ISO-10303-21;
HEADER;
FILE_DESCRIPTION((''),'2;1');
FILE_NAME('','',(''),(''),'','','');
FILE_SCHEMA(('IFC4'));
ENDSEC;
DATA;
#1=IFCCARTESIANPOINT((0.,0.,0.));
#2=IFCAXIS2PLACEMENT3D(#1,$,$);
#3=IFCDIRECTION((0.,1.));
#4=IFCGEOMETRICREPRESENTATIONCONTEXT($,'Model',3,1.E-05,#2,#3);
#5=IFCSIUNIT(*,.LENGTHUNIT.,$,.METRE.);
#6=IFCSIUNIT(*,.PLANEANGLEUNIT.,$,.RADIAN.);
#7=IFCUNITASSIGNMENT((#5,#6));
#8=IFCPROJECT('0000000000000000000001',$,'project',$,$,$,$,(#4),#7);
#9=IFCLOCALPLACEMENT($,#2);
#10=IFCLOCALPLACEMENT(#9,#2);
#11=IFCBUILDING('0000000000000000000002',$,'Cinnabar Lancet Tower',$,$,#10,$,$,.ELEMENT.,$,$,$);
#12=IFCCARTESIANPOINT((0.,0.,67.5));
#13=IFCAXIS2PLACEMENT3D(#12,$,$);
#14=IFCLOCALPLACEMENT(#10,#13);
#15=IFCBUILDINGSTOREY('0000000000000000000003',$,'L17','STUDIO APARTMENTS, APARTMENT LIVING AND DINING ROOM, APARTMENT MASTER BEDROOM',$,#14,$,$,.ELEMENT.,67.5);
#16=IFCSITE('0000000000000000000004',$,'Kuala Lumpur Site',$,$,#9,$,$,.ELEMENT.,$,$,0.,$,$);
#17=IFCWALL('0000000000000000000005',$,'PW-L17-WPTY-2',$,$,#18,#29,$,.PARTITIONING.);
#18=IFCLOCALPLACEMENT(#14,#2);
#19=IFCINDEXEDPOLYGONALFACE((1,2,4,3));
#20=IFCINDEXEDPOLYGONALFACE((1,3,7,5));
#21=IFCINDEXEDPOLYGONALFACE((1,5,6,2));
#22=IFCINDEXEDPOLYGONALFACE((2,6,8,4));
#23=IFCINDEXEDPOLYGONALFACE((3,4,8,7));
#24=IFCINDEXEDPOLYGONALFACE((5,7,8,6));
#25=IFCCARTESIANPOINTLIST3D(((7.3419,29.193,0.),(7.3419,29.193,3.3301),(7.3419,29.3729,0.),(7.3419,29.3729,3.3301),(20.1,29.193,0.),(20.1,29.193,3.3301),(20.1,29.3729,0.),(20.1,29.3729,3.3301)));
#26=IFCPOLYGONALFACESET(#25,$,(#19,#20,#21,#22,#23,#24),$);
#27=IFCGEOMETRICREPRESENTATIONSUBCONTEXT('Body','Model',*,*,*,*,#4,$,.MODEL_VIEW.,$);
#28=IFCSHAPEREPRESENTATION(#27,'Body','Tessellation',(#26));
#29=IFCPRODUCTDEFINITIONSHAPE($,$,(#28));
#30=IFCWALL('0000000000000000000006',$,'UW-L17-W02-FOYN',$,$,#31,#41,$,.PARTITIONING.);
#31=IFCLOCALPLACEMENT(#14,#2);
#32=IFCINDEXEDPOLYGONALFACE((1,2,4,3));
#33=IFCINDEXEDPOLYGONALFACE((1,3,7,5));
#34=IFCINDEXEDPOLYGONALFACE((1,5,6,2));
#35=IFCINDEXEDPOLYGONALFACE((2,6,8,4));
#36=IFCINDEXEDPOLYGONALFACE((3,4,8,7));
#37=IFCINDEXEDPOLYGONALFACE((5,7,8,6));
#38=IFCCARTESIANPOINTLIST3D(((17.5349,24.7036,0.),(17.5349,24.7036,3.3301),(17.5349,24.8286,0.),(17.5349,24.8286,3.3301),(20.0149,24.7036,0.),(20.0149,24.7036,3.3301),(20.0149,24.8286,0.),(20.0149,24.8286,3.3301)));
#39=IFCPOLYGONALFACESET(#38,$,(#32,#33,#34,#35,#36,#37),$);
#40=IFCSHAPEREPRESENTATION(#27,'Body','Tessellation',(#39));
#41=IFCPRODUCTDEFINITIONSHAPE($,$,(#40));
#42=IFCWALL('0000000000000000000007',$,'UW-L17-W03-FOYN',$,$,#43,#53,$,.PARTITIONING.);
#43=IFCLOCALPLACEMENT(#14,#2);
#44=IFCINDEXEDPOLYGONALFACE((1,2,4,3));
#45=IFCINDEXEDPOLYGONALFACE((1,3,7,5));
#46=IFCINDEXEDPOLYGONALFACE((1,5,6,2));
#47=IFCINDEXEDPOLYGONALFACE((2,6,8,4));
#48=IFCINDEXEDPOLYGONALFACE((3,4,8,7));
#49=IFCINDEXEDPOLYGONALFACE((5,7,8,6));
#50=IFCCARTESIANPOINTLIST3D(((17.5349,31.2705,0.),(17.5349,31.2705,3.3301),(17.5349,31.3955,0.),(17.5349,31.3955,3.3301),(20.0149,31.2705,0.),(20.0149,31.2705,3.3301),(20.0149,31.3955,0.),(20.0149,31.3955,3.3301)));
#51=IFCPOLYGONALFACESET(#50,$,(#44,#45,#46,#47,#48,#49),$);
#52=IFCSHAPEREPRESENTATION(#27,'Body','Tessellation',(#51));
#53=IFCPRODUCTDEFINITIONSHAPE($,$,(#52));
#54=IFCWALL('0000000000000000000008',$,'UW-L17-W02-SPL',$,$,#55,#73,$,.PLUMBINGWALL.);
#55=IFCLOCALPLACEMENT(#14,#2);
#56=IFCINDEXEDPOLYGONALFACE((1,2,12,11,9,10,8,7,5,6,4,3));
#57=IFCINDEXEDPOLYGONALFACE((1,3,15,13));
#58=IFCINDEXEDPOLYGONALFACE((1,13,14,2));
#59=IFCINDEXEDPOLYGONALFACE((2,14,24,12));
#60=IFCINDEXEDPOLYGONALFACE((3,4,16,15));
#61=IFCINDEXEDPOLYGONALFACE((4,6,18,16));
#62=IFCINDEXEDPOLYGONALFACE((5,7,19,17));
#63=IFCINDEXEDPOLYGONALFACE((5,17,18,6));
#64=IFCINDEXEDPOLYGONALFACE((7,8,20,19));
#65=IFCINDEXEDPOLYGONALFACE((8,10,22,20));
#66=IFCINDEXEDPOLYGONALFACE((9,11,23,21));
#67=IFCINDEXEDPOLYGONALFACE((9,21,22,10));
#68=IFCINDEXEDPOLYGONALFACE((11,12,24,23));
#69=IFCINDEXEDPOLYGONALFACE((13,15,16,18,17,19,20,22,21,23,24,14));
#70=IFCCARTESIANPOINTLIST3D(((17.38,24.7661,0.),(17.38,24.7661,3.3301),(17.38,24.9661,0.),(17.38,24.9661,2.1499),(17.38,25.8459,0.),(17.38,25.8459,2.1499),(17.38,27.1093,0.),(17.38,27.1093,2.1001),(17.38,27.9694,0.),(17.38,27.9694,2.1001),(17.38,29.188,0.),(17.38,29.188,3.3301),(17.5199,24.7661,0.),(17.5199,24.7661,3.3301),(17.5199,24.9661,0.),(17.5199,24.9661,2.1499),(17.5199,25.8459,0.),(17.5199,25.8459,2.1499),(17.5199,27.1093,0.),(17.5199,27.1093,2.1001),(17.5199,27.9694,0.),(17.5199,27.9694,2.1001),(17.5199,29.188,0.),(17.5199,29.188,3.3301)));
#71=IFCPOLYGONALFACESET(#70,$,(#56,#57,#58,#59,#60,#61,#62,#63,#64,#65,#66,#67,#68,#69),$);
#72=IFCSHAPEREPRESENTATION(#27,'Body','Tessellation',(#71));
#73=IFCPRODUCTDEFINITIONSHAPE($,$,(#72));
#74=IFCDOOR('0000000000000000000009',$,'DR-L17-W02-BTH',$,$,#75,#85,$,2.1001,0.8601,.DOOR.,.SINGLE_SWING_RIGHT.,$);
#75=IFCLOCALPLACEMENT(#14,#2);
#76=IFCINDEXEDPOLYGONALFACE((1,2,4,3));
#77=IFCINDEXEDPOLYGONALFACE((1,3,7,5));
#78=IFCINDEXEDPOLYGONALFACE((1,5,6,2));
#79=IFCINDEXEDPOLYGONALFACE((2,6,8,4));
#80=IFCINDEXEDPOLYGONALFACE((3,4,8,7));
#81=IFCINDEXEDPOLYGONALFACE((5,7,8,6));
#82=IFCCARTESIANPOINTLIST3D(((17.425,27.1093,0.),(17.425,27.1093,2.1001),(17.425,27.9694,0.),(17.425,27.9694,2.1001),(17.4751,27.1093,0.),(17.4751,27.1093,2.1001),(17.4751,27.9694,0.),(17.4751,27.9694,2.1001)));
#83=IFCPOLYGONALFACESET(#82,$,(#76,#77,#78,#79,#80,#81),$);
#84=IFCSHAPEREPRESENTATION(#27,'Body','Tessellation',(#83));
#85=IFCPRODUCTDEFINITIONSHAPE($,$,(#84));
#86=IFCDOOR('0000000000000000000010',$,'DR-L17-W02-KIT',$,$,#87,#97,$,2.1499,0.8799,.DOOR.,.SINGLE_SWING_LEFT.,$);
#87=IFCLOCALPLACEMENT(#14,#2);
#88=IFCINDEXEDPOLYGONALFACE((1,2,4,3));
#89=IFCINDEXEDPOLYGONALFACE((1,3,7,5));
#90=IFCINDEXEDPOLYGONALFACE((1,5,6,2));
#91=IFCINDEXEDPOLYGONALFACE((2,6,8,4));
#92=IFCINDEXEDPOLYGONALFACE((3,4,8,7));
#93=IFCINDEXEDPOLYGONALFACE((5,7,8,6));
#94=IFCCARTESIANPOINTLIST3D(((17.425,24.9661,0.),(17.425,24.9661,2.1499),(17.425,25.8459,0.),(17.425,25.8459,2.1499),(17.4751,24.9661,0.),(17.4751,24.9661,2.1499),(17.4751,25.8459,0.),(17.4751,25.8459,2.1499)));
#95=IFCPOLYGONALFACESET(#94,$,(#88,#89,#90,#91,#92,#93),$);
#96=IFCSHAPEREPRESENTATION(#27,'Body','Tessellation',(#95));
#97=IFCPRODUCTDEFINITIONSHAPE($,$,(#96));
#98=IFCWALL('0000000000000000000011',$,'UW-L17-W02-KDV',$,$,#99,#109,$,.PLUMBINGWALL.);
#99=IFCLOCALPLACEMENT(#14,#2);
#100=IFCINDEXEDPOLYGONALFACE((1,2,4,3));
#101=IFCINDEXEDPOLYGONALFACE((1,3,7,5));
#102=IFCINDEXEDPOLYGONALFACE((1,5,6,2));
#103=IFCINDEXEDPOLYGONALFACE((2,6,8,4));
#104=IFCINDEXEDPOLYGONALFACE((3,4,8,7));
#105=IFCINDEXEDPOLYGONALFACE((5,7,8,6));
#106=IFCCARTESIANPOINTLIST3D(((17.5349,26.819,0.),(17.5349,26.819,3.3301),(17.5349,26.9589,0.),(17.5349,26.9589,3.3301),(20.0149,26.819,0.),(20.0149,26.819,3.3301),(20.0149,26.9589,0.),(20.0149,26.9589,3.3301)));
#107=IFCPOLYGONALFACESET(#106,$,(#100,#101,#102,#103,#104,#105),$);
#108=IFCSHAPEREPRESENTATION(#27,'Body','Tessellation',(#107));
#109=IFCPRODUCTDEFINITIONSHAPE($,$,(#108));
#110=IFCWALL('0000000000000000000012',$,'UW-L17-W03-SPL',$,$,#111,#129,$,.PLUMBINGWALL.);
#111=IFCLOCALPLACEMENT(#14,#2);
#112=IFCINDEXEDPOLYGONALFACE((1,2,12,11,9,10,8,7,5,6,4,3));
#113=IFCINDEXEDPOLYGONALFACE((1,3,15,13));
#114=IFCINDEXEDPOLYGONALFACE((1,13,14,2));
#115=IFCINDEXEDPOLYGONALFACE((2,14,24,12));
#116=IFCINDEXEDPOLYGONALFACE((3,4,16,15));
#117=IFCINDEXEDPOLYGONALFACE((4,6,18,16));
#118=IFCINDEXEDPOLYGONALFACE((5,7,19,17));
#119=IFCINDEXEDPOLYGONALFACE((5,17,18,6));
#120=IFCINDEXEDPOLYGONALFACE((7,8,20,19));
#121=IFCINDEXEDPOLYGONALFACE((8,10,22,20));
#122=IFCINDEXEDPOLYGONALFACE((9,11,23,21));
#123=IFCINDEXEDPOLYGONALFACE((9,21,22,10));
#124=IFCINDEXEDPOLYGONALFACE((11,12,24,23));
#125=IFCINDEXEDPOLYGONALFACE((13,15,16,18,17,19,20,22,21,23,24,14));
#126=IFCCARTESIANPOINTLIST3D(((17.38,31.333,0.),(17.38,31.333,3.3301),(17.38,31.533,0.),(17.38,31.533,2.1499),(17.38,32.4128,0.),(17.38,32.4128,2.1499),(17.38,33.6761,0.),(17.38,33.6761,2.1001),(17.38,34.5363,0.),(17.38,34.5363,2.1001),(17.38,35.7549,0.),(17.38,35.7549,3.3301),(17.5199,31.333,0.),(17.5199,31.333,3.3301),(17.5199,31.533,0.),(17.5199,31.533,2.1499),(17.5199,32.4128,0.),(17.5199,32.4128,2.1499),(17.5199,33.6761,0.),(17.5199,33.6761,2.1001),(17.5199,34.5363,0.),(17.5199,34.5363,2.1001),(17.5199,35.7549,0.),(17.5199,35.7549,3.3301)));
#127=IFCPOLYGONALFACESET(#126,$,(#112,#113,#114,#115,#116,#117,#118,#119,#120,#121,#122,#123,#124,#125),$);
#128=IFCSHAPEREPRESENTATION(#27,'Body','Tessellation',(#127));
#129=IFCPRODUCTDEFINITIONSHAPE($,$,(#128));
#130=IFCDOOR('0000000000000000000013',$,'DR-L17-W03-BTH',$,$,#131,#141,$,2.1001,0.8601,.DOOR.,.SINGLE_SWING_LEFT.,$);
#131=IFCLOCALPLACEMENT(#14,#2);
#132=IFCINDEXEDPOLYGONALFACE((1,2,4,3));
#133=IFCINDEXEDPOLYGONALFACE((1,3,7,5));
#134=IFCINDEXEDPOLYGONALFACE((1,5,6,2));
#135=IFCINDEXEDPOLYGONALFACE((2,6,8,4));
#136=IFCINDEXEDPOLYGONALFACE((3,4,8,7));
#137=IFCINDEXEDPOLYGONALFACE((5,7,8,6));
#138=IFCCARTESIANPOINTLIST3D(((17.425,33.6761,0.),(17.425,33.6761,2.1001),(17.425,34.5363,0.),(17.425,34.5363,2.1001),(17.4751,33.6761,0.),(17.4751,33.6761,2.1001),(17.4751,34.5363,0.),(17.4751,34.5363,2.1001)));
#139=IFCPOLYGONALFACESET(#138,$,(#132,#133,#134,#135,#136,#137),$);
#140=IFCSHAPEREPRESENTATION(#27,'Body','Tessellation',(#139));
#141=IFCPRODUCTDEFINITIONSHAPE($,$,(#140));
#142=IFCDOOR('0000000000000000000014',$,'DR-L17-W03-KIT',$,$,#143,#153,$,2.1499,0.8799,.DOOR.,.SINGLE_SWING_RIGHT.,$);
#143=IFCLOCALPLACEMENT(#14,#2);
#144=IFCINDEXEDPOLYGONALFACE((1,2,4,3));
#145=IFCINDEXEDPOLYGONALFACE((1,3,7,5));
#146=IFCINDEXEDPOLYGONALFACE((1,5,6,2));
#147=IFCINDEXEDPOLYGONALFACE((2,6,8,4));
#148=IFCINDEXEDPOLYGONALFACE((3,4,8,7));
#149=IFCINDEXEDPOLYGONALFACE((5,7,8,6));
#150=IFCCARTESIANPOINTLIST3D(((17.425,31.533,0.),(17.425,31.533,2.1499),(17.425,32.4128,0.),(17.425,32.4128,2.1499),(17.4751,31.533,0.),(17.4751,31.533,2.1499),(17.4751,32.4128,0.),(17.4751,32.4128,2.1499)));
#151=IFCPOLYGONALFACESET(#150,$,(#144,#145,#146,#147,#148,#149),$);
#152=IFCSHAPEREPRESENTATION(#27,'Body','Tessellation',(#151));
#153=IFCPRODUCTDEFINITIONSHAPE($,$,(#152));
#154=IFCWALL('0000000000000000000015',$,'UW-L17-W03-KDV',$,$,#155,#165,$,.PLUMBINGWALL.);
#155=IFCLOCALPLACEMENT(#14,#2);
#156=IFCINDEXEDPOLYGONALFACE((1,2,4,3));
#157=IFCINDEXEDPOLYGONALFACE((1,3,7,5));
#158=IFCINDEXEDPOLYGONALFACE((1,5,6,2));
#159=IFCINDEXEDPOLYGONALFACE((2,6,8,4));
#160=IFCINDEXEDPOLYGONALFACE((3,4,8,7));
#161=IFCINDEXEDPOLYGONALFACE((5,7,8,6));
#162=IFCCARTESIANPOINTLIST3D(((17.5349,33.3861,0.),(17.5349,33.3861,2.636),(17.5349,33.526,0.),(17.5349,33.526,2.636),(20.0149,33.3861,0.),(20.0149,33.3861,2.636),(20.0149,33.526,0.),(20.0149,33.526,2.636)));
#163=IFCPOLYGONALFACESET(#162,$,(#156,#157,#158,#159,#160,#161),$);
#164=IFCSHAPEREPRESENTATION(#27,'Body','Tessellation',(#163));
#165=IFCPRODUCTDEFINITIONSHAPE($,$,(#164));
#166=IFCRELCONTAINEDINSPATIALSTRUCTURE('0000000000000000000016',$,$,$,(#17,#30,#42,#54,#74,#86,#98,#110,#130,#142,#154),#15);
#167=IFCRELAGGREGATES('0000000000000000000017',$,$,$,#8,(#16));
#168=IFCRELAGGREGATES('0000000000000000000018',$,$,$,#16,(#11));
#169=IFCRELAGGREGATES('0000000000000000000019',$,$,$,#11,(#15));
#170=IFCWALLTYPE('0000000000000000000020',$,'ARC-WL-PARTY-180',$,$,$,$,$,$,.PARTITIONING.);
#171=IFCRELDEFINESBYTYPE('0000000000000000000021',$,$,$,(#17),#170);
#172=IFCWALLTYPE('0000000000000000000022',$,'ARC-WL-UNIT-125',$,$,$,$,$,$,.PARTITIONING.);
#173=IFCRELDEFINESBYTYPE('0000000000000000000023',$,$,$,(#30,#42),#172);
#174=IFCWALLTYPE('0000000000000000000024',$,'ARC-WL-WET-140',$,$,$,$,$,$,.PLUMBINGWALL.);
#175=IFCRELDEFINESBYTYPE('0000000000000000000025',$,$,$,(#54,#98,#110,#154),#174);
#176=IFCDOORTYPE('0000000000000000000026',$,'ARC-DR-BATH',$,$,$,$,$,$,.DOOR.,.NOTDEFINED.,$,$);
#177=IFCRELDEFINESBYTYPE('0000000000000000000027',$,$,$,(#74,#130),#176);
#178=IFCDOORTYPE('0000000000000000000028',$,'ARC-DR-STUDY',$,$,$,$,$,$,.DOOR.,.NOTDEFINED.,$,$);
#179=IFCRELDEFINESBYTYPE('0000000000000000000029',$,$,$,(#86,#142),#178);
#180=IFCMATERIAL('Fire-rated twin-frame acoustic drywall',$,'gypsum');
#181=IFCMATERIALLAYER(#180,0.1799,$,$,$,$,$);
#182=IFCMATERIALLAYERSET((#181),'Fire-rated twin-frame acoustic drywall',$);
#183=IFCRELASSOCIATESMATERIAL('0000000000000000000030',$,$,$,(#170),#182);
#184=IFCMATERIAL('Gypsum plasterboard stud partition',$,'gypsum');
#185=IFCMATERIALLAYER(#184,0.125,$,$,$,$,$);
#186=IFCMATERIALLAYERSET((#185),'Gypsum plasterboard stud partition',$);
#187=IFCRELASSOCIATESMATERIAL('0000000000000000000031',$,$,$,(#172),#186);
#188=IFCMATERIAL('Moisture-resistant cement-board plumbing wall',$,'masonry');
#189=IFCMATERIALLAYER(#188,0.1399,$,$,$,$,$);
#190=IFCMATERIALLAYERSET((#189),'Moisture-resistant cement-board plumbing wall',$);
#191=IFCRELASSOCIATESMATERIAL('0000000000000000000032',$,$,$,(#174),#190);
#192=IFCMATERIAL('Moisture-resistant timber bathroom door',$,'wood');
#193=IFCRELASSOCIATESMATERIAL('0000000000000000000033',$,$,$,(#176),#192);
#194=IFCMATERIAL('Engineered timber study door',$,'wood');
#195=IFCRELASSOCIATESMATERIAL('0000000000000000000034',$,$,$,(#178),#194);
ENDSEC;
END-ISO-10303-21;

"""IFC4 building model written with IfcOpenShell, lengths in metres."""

from ifc_helpers import new_model, si_unit, direction, frame, frame_2d, origin, place, context, subcontext, project, spatial, rectangle, extrude, material, layer, layer_set, type_object, element, fill, save


model = new_model("IFC4")

# Units and contexts
model_context = context("Model", 3, precision=1e-05, world=origin(), true_north=direction((0.0, 1.0)))
body_context = subcontext(model_context, "Body", "Model", "MODEL_VIEW")
ifc_project = project(units=[si_unit("LENGTHUNIT", "METRE"), si_unit("PLANEANGLEUNIT", "RADIAN")], contexts=[model_context])

# Site, building, storey
site_placement = place(None, origin())
site = spatial("IfcSite", under=ifc_project, at=site_placement, Name="Kuala Lumpur Site", CompositionType="ELEMENT", RefElevation=0.0)
building_placement = place(site_placement, origin())
building = spatial("IfcBuilding", under=site, at=building_placement, Name="Cinnabar Lancet Tower", CompositionType="ELEMENT")
storey_placement = place(building_placement, frame((0.0, 0.0, 67.5)))
storey = spatial("IfcBuildingStorey", under=building, at=storey_placement, Name="L17", Description="STUDIO APARTMENTS, APARTMENT LIVING AND DINING ROOM, APARTMENT MASTER BEDROOM", CompositionType="ELEMENT", Elevation=67.5)

# Walls
ifc_material_1 = material(Name="Fire-rated twin-frame acoustic drywall", Category="gypsum")
ifc_layer_1 = layer(ifc_material_1, 0.1799)
ifc_layer_set_1 = layer_set([ifc_layer_1], Name="Fire-rated twin-frame acoustic drywall")
wall_type_1 = type_object("IfcWallType", Name="ARC-WL-PARTY-180", PredefinedType="PARTITIONING", material=ifc_layer_set_1)
wall_1_placement = place(storey_placement, frame((7.342, 29.283, 0.0), z_axis=(0.0, 0.0, 1.0), x_axis=(1.0, 0.0, 0.0)))
element("IfcWall", 1, at=wall_1_placement, inside=storey, type_object=wall_type_1, Name="PW-L17-WPTY-2", PredefinedType="PARTITIONING", context=body_context, shape_type="SweptSolid", body=[
    extrude(rectangle(XDim=12.7581, YDim=0.1799, at=frame_2d((6.3789, 0.0))), origin(), (0.0, 0.0, 1.0), 3.3301),
])
ifc_material_2 = material(Name="Gypsum plasterboard stud partition", Category="gypsum")
ifc_layer_2 = layer(ifc_material_2, 0.125)
ifc_layer_set_2 = layer_set([ifc_layer_2], Name="Gypsum plasterboard stud partition")
wall_type_2 = type_object("IfcWallType", Name="ARC-WL-UNIT-125", PredefinedType="PARTITIONING", material=ifc_layer_set_2)
for number, where, z_axis, x_axis, name in (
    (2, (17.5349, 24.7661, 0.0), (0.0, 0.0, 1.0), (1.0, 0.0, 0.0), "UW-L17-W02-FOYN"),
    (3, (17.5349, 31.333, 0.0), (0.0, 0.0, 1.0), (1.0, 0.0, 0.0), "UW-L17-W03-FOYN"),
):
    element("IfcWall", number, at=place(storey_placement, frame(where, z_axis=z_axis, x_axis=x_axis)), inside=storey, type_object=wall_type_2, Name=name, PredefinedType="PARTITIONING", context=body_context, shape_type="SweptSolid", body=[
        extrude(rectangle(XDim=2.48, YDim=0.125, at=frame_2d((1.24, 0.0))), origin(), (0.0, 0.0, 1.0), 3.3301),
    ])

# Wall, openings, doors
ifc_material_3 = material(Name="Moisture-resistant cement-board plumbing wall", Category="masonry")
ifc_layer_3 = layer(ifc_material_3, 0.1399)
ifc_layer_set_3 = layer_set([ifc_layer_3], Name="Moisture-resistant cement-board plumbing wall")
wall_type_3 = type_object("IfcWallType", Name="ARC-WL-WET-140", PredefinedType="PLUMBINGWALL", material=ifc_layer_set_3)
wall_2_placement = place(storey_placement, frame((17.45, 24.7661, 0.0), z_axis=(0.0, 0.0, 1.0), x_axis=(0.0, 1.0, 0.0)))
wall_2 = element("IfcWall", 4, at=wall_2_placement, inside=storey, type_object=wall_type_3, Name="UW-L17-W02-SPL", PredefinedType="PLUMBINGWALL", context=body_context, shape_type="SweptSolid", body=[
    extrude(rectangle(XDim=4.4219, YDim=0.1399, at=frame_2d((2.2109, 0.0))), origin(), (0.0, 0.0, 1.0), 3.3301),
])
opening_1_placement = place(wall_2_placement, frame((2.343, 0.0, 0.0)))
opening_1 = element("IfcOpeningElement", 5, at=opening_1_placement, cuts=wall_2, PredefinedType="OPENING", context=body_context, shape_type="SweptSolid", body=[
    extrude(rectangle(XDim=0.8601, YDim=2.1001, at=frame_2d((0.4302, 1.05))), frame((0.0, 0.0798, 0.0), z_axis=(0.0, -1.0, 0.0), x_axis=(1.0, 0.0, 0.0)), (0.0, 0.0, 1.0), 0.1599),
])
opening_2_placement = place(wall_2_placement, frame((0.2, 0.0, 0.0)))
opening_2 = element("IfcOpeningElement", 6, at=opening_2_placement, cuts=wall_2, PredefinedType="OPENING", context=body_context, shape_type="SweptSolid", body=[
    extrude(rectangle(XDim=0.8799, YDim=2.1499, at=frame_2d((0.4399, 1.075))), frame((0.0, 0.0798, 0.0), z_axis=(0.0, -1.0, 0.0), x_axis=(1.0, 0.0, 0.0)), (0.0, 0.0, 1.0), 0.1599),
])
ifc_material_4 = material(Name="Moisture-resistant timber bathroom door", Category="wood")
door_type_1 = type_object("IfcDoorType", Name="ARC-DR-BATH", OperationType="NOTDEFINED", PredefinedType="DOOR", material=ifc_material_4)
door_1_placement = place(opening_1_placement, origin())
door_1 = element("IfcDoor", 7, at=door_1_placement, inside=storey, type_object=door_type_1, Name="DR-L17-W02-BTH", OperationType="SINGLE_SWING_RIGHT", OverallHeight=2.1001, OverallWidth=0.8601, PredefinedType="DOOR", context=body_context, shape_type="SweptSolid", body=[
    extrude(rectangle(XDim=0.8601, YDim=2.1001, at=frame_2d((0.4302, 1.05))), frame((0.0, 0.0249, 0.0), z_axis=(0.0, -1.0, 0.0), x_axis=(1.0, 0.0, 0.0)), (0.0, 0.0, 1.0), 0.05),
])
fill(opening_1, door_1)
ifc_material_5 = material(Name="Engineered timber study door", Category="wood")
door_type_2 = type_object("IfcDoorType", Name="ARC-DR-STUDY", OperationType="NOTDEFINED", PredefinedType="DOOR", material=ifc_material_5)
door_2_placement = place(opening_2_placement, origin())
door_2 = element("IfcDoor", 8, at=door_2_placement, inside=storey, type_object=door_type_2, Name="DR-L17-W02-KIT", OperationType="SINGLE_SWING_LEFT", OverallHeight=2.1499, OverallWidth=0.8799, PredefinedType="DOOR", context=body_context, shape_type="SweptSolid", body=[
    extrude(rectangle(XDim=0.8799, YDim=2.1499, at=frame_2d((0.4399, 1.075))), frame((0.0, 0.0249, 0.0), z_axis=(0.0, -1.0, 0.0), x_axis=(1.0, 0.0, 0.0)), (0.0, 0.0, 1.0), 0.05),
])
fill(opening_2, door_2)

# Wall
wall_3_placement = place(storey_placement, frame((17.5349, 26.8889, 0.0), z_axis=(0.0, 0.0, 1.0), x_axis=(1.0, 0.0, 0.0)))
element("IfcWall", 9, at=wall_3_placement, inside=storey, type_object=wall_type_3, Name="UW-L17-W02-KDV", PredefinedType="PLUMBINGWALL", context=body_context, shape_type="SweptSolid", body=[
    extrude(rectangle(XDim=2.48, YDim=0.1399, at=frame_2d((1.24, 0.0))), origin(), (0.0, 0.0, 1.0), 3.3301),
])

# Wall, openings, doors
wall_4_placement = place(storey_placement, frame((17.45, 31.333, 0.0), z_axis=(0.0, 0.0, 1.0), x_axis=(0.0, 1.0, 0.0)))
wall_4 = element("IfcWall", 10, at=wall_4_placement, inside=storey, type_object=wall_type_3, Name="UW-L17-W03-SPL", PredefinedType="PLUMBINGWALL", context=body_context, shape_type="SweptSolid", body=[
    extrude(rectangle(XDim=4.4219, YDim=0.1399, at=frame_2d((2.2109, 0.0))), origin(), (0.0, 0.0, 1.0), 3.3301),
])
opening_3_placement = place(wall_4_placement, frame((2.343, 0.0, 0.0)))
opening_3 = element("IfcOpeningElement", 11, at=opening_3_placement, cuts=wall_4, PredefinedType="OPENING", context=body_context, shape_type="SweptSolid", body=[
    extrude(rectangle(XDim=0.8601, YDim=2.1001, at=frame_2d((0.4302, 1.05))), frame((0.0, 0.0798, 0.0), z_axis=(0.0, -1.0, 0.0), x_axis=(1.0, 0.0, 0.0)), (0.0, 0.0, 1.0), 0.1599),
])
opening_4_placement = place(wall_4_placement, frame((0.2, 0.0, 0.0)))
opening_4 = element("IfcOpeningElement", 12, at=opening_4_placement, cuts=wall_4, PredefinedType="OPENING", context=body_context, shape_type="SweptSolid", body=[
    extrude(rectangle(XDim=0.8799, YDim=2.1499, at=frame_2d((0.4399, 1.075))), frame((0.0, 0.0798, 0.0), z_axis=(0.0, -1.0, 0.0), x_axis=(1.0, 0.0, 0.0)), (0.0, 0.0, 1.0), 0.1599),
])
door_3_placement = place(opening_3_placement, origin())
door_3 = element("IfcDoor", 13, at=door_3_placement, inside=storey, type_object=door_type_1, Name="DR-L17-W03-BTH", OperationType="SINGLE_SWING_LEFT", OverallHeight=2.1001, OverallWidth=0.8601, PredefinedType="DOOR", context=body_context, shape_type="SweptSolid", body=[
    extrude(rectangle(XDim=0.8601, YDim=2.1001, at=frame_2d((0.4302, 1.05))), frame((0.0, 0.0249, 0.0), z_axis=(0.0, -1.0, 0.0), x_axis=(1.0, 0.0, 0.0)), (0.0, 0.0, 1.0), 0.05),
])
fill(opening_3, door_3)
door_4_placement = place(opening_4_placement, origin())
door_4 = element("IfcDoor", 14, at=door_4_placement, inside=storey, type_object=door_type_2, Name="DR-L17-W03-KIT", OperationType="SINGLE_SWING_RIGHT", OverallHeight=2.1499, OverallWidth=0.8799, PredefinedType="DOOR", context=body_context, shape_type="SweptSolid", body=[
    extrude(rectangle(XDim=0.8799, YDim=2.1499, at=frame_2d((0.4399, 1.075))), frame((0.0, 0.0249, 0.0), z_axis=(0.0, -1.0, 0.0), x_axis=(1.0, 0.0, 0.0)), (0.0, 0.0, 1.0), 0.05),
])
fill(opening_4, door_4)

# Wall
wall_5_placement = place(storey_placement, frame((17.5349, 33.4561, 0.0), z_axis=(0.0, 0.0, 1.0), x_axis=(1.0, 0.0, 0.0)))
element("IfcWall", 15, at=wall_5_placement, inside=storey, type_object=wall_type_3, Name="UW-L17-W03-KDV", PredefinedType="PLUMBINGWALL", context=body_context, shape_type="SweptSolid", body=[
    extrude(rectangle(XDim=2.48, YDim=0.1399, at=frame_2d((1.24, 0.0))), origin(), (0.0, 0.0, 1.0), 2.636),
])

save(model, "model.ifc")
